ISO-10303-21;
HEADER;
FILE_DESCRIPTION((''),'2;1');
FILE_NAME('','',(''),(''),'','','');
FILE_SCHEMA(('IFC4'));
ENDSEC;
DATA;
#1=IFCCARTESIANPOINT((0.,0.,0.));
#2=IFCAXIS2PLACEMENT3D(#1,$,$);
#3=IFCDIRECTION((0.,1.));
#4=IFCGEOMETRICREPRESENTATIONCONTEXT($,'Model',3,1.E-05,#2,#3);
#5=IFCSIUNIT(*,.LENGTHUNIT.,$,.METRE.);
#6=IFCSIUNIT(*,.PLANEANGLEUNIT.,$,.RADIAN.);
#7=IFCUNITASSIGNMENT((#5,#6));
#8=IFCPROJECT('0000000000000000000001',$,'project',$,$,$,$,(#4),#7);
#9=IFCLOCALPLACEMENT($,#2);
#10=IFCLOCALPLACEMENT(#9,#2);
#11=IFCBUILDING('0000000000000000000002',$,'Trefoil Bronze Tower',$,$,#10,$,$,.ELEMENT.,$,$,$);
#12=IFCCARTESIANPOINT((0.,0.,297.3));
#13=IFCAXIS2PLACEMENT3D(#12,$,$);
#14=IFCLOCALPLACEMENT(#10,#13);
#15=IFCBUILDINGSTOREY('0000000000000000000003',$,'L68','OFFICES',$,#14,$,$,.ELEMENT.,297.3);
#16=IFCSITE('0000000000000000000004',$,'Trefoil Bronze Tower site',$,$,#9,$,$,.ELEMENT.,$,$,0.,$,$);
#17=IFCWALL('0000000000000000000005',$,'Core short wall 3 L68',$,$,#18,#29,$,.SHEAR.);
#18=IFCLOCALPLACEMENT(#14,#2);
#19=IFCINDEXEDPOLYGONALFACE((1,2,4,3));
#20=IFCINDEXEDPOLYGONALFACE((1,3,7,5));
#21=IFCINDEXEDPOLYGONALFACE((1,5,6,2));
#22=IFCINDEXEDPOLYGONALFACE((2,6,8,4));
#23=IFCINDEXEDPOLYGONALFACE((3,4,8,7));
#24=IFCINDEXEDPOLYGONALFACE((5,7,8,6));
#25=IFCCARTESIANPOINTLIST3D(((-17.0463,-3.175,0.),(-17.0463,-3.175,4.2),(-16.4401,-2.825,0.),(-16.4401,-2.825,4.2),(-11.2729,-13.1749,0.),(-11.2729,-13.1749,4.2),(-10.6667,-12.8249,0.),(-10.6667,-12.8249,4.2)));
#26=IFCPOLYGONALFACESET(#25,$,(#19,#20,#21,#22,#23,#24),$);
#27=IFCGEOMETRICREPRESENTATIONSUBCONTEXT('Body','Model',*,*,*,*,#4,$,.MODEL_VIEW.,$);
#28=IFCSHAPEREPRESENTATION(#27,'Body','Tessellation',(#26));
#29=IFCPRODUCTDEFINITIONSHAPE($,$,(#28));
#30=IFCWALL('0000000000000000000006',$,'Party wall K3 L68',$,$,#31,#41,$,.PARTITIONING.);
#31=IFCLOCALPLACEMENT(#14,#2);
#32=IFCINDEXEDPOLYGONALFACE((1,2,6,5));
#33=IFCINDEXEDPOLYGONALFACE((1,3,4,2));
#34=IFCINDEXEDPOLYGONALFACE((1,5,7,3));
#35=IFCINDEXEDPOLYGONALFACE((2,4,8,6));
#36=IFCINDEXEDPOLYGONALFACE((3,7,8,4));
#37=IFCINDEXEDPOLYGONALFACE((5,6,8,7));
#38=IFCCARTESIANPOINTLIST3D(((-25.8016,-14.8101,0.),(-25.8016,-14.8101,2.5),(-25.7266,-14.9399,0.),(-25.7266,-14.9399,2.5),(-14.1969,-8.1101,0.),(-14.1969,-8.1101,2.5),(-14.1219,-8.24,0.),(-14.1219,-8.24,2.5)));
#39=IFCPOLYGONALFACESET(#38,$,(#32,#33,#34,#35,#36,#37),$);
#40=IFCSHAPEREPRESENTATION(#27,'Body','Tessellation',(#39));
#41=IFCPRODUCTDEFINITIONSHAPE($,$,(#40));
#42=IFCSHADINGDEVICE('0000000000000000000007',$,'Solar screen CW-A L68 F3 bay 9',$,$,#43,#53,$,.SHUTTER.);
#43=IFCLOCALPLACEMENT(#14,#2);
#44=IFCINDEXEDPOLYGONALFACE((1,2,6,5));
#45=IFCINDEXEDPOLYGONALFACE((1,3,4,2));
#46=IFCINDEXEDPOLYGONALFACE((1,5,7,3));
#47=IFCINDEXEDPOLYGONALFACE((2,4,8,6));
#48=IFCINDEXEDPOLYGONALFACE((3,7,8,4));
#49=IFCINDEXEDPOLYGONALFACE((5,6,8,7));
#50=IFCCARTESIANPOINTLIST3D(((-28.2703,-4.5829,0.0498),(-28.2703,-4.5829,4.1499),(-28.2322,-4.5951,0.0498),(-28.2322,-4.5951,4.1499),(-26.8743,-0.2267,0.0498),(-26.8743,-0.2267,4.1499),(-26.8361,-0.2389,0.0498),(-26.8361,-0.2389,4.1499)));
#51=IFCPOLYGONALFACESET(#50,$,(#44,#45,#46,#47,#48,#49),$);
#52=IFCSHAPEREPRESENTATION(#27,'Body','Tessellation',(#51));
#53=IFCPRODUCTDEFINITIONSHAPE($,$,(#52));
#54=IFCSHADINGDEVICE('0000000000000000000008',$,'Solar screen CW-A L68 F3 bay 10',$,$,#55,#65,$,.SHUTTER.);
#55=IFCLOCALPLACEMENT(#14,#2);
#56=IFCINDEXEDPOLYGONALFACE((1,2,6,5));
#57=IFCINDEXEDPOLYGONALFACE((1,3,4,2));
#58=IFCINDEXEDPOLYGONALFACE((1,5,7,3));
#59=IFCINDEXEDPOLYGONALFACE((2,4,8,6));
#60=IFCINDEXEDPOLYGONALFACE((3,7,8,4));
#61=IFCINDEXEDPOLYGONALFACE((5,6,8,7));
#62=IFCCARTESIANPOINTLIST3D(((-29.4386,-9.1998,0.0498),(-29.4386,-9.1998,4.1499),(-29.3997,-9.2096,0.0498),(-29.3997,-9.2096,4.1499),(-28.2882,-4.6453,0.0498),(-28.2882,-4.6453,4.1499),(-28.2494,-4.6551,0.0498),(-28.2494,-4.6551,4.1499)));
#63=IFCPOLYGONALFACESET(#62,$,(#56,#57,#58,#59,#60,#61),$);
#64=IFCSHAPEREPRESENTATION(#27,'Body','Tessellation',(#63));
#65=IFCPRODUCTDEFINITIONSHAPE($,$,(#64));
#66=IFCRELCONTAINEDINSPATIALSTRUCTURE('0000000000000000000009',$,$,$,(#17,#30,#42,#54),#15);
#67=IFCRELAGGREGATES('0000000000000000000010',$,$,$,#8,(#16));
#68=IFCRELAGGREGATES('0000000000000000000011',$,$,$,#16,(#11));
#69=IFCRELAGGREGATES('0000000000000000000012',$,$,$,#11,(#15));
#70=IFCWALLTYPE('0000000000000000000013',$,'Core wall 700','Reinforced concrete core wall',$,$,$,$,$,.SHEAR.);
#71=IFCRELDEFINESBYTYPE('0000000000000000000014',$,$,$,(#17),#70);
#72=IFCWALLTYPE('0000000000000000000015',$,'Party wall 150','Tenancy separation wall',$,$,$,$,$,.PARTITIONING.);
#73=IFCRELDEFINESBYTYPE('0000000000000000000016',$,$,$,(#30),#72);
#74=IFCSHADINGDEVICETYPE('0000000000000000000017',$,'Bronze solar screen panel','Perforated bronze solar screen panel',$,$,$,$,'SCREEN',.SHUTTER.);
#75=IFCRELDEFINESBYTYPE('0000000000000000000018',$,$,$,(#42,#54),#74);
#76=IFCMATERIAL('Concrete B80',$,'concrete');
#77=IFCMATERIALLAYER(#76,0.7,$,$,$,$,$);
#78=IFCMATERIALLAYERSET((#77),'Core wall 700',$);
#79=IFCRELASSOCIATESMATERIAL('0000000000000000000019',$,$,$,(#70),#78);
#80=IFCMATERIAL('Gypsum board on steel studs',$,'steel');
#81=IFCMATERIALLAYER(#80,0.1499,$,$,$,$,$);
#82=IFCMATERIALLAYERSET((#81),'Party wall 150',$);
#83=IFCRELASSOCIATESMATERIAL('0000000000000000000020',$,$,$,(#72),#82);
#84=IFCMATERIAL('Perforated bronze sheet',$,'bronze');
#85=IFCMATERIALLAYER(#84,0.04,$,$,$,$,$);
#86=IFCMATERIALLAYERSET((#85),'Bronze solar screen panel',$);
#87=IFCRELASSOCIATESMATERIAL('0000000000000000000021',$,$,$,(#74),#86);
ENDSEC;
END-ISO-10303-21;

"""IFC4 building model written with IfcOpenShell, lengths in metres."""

from ifc_helpers import new_model, si_unit, direction, frame, frame_2d, origin, origin_2d, place, context, subcontext, project, spatial, rectangle, extrude, material, layer, layer_set, type_object, element, save


model = new_model("IFC4")

# Units and contexts
model_context = context("Model", 3, precision=1e-05, world=origin(), true_north=direction((0.0, 1.0)))
body_context = subcontext(model_context, "Body", "Model", "MODEL_VIEW")
ifc_project = project(units=[si_unit("LENGTHUNIT", "METRE"), si_unit("PLANEANGLEUNIT", "RADIAN")], contexts=[model_context])

# Site, building, storey
site_placement = place(None, origin())
site = spatial("IfcSite", under=ifc_project, at=site_placement, Name="Trefoil Bronze Tower site", CompositionType="ELEMENT", RefElevation=0.0)
building_placement = place(site_placement, origin())
building = spatial("IfcBuilding", under=site, at=building_placement, Name="Trefoil Bronze Tower", CompositionType="ELEMENT")
storey_placement = place(building_placement, frame((0.0, 0.0, 297.3)))
storey = spatial("IfcBuildingStorey", under=building, at=storey_placement, Name="L68", Description="OFFICES", CompositionType="ELEMENT", Elevation=297.3)

# Walls
ifc_material_1 = material(Name="Concrete B80", Category="concrete")
ifc_layer_1 = layer(ifc_material_1, 0.7)
ifc_layer_set_1 = layer_set([ifc_layer_1], Name="Core wall 700")
wall_type_1 = type_object("IfcWallType", Name="Core wall 700", Description="Reinforced concrete core wall", PredefinedType="SHEAR", material=ifc_layer_set_1)
wall_1_placement = place(storey_placement, frame((-16.7432, -3.0, 0.0), z_axis=(0.0, 0.0, 1.0), x_axis=(0.499996, -0.866028, 0.0)))
element("IfcWall", 1, at=wall_1_placement, inside=storey, type_object=wall_type_1, Name="Core short wall 3 L68", PredefinedType="SHEAR", context=body_context, shape_type="SweptSolid", body=[
    extrude(rectangle(XDim=11.5469, YDim=0.7, at=frame_2d((5.7734, 0.0))), origin(), (0.0, 0.0, 1.0), 4.2),
])
ifc_material_2 = material(Name="Gypsum board on steel studs", Category="steel")
ifc_layer_2 = layer(ifc_material_2, 0.1499)
ifc_layer_set_2 = layer_set([ifc_layer_2], Name="Party wall 150")
wall_type_2 = type_object("IfcWallType", Name="Party wall 150", Description="Tenancy separation wall", PredefinedType="PARTITIONING", material=ifc_layer_set_2)
wall_2_placement = place(storey_placement, frame((-14.1594, -8.175, 0.0), z_axis=(0.0, 0.0, 1.0), x_axis=(-0.866027, -0.499997, 0.0)))
element("IfcWall", 2, at=wall_2_placement, inside=storey, type_object=wall_type_2, Name="Party wall K3 L68", PredefinedType="PARTITIONING", context=body_context, shape_type="SweptSolid", body=[
    extrude(rectangle(XDim=13.3999, YDim=0.1499, at=frame_2d((6.7, 0.0))), origin(), (0.0, 0.0, 1.0), 2.5),
])

# Shading devices
ifc_material_3 = material(Name="Perforated bronze sheet", Category="bronze")
ifc_layer_3 = layer(ifc_material_3, 0.04)
ifc_layer_set_3 = layer_set([ifc_layer_3], Name="Bronze solar screen panel")
shading_device_type = type_object("IfcShadingDeviceType", Name="Bronze solar screen panel", Description="Perforated bronze solar screen panel", ElementType="SCREEN", PredefinedType="SHUTTER", material=ifc_layer_set_3)
shading_device_1_placement = place(storey_placement, frame((-27.5532, -2.4109, 0.0498), z_axis=(0.0, 0.0, 1.0), x_axis=(-0.305188, -0.952292, 0.0)))
element("IfcShadingDevice", 3, at=shading_device_1_placement, inside=storey, type_object=shading_device_type, Name="Solar screen CW-A L68 F3 bay 9", PredefinedType="SHUTTER", context=body_context, shape_type="SweptSolid", body=[
    extrude(rectangle(XDim=4.5745, YDim=0.04, at=origin_2d()), origin(), (0.0, 0.0, 1.0), 4.1001),
])
shading_device_2_placement = place(storey_placement, frame((-28.844, -6.9275, 0.0498), z_axis=(0.0, 0.0, 1.0), x_axis=(-0.24488, -0.969554, 0.0)))
element("IfcShadingDevice", 4, at=shading_device_2_placement, inside=storey, type_object=shading_device_type, Name="Solar screen CW-A L68 F3 bay 10", PredefinedType="SHUTTER", context=body_context, shape_type="SweptSolid", body=[
    extrude(rectangle(XDim=4.6975, YDim=0.04, at=origin_2d()), origin(), (0.0, 0.0, 1.0), 4.1001),
])

save(model, "model.ifc")
